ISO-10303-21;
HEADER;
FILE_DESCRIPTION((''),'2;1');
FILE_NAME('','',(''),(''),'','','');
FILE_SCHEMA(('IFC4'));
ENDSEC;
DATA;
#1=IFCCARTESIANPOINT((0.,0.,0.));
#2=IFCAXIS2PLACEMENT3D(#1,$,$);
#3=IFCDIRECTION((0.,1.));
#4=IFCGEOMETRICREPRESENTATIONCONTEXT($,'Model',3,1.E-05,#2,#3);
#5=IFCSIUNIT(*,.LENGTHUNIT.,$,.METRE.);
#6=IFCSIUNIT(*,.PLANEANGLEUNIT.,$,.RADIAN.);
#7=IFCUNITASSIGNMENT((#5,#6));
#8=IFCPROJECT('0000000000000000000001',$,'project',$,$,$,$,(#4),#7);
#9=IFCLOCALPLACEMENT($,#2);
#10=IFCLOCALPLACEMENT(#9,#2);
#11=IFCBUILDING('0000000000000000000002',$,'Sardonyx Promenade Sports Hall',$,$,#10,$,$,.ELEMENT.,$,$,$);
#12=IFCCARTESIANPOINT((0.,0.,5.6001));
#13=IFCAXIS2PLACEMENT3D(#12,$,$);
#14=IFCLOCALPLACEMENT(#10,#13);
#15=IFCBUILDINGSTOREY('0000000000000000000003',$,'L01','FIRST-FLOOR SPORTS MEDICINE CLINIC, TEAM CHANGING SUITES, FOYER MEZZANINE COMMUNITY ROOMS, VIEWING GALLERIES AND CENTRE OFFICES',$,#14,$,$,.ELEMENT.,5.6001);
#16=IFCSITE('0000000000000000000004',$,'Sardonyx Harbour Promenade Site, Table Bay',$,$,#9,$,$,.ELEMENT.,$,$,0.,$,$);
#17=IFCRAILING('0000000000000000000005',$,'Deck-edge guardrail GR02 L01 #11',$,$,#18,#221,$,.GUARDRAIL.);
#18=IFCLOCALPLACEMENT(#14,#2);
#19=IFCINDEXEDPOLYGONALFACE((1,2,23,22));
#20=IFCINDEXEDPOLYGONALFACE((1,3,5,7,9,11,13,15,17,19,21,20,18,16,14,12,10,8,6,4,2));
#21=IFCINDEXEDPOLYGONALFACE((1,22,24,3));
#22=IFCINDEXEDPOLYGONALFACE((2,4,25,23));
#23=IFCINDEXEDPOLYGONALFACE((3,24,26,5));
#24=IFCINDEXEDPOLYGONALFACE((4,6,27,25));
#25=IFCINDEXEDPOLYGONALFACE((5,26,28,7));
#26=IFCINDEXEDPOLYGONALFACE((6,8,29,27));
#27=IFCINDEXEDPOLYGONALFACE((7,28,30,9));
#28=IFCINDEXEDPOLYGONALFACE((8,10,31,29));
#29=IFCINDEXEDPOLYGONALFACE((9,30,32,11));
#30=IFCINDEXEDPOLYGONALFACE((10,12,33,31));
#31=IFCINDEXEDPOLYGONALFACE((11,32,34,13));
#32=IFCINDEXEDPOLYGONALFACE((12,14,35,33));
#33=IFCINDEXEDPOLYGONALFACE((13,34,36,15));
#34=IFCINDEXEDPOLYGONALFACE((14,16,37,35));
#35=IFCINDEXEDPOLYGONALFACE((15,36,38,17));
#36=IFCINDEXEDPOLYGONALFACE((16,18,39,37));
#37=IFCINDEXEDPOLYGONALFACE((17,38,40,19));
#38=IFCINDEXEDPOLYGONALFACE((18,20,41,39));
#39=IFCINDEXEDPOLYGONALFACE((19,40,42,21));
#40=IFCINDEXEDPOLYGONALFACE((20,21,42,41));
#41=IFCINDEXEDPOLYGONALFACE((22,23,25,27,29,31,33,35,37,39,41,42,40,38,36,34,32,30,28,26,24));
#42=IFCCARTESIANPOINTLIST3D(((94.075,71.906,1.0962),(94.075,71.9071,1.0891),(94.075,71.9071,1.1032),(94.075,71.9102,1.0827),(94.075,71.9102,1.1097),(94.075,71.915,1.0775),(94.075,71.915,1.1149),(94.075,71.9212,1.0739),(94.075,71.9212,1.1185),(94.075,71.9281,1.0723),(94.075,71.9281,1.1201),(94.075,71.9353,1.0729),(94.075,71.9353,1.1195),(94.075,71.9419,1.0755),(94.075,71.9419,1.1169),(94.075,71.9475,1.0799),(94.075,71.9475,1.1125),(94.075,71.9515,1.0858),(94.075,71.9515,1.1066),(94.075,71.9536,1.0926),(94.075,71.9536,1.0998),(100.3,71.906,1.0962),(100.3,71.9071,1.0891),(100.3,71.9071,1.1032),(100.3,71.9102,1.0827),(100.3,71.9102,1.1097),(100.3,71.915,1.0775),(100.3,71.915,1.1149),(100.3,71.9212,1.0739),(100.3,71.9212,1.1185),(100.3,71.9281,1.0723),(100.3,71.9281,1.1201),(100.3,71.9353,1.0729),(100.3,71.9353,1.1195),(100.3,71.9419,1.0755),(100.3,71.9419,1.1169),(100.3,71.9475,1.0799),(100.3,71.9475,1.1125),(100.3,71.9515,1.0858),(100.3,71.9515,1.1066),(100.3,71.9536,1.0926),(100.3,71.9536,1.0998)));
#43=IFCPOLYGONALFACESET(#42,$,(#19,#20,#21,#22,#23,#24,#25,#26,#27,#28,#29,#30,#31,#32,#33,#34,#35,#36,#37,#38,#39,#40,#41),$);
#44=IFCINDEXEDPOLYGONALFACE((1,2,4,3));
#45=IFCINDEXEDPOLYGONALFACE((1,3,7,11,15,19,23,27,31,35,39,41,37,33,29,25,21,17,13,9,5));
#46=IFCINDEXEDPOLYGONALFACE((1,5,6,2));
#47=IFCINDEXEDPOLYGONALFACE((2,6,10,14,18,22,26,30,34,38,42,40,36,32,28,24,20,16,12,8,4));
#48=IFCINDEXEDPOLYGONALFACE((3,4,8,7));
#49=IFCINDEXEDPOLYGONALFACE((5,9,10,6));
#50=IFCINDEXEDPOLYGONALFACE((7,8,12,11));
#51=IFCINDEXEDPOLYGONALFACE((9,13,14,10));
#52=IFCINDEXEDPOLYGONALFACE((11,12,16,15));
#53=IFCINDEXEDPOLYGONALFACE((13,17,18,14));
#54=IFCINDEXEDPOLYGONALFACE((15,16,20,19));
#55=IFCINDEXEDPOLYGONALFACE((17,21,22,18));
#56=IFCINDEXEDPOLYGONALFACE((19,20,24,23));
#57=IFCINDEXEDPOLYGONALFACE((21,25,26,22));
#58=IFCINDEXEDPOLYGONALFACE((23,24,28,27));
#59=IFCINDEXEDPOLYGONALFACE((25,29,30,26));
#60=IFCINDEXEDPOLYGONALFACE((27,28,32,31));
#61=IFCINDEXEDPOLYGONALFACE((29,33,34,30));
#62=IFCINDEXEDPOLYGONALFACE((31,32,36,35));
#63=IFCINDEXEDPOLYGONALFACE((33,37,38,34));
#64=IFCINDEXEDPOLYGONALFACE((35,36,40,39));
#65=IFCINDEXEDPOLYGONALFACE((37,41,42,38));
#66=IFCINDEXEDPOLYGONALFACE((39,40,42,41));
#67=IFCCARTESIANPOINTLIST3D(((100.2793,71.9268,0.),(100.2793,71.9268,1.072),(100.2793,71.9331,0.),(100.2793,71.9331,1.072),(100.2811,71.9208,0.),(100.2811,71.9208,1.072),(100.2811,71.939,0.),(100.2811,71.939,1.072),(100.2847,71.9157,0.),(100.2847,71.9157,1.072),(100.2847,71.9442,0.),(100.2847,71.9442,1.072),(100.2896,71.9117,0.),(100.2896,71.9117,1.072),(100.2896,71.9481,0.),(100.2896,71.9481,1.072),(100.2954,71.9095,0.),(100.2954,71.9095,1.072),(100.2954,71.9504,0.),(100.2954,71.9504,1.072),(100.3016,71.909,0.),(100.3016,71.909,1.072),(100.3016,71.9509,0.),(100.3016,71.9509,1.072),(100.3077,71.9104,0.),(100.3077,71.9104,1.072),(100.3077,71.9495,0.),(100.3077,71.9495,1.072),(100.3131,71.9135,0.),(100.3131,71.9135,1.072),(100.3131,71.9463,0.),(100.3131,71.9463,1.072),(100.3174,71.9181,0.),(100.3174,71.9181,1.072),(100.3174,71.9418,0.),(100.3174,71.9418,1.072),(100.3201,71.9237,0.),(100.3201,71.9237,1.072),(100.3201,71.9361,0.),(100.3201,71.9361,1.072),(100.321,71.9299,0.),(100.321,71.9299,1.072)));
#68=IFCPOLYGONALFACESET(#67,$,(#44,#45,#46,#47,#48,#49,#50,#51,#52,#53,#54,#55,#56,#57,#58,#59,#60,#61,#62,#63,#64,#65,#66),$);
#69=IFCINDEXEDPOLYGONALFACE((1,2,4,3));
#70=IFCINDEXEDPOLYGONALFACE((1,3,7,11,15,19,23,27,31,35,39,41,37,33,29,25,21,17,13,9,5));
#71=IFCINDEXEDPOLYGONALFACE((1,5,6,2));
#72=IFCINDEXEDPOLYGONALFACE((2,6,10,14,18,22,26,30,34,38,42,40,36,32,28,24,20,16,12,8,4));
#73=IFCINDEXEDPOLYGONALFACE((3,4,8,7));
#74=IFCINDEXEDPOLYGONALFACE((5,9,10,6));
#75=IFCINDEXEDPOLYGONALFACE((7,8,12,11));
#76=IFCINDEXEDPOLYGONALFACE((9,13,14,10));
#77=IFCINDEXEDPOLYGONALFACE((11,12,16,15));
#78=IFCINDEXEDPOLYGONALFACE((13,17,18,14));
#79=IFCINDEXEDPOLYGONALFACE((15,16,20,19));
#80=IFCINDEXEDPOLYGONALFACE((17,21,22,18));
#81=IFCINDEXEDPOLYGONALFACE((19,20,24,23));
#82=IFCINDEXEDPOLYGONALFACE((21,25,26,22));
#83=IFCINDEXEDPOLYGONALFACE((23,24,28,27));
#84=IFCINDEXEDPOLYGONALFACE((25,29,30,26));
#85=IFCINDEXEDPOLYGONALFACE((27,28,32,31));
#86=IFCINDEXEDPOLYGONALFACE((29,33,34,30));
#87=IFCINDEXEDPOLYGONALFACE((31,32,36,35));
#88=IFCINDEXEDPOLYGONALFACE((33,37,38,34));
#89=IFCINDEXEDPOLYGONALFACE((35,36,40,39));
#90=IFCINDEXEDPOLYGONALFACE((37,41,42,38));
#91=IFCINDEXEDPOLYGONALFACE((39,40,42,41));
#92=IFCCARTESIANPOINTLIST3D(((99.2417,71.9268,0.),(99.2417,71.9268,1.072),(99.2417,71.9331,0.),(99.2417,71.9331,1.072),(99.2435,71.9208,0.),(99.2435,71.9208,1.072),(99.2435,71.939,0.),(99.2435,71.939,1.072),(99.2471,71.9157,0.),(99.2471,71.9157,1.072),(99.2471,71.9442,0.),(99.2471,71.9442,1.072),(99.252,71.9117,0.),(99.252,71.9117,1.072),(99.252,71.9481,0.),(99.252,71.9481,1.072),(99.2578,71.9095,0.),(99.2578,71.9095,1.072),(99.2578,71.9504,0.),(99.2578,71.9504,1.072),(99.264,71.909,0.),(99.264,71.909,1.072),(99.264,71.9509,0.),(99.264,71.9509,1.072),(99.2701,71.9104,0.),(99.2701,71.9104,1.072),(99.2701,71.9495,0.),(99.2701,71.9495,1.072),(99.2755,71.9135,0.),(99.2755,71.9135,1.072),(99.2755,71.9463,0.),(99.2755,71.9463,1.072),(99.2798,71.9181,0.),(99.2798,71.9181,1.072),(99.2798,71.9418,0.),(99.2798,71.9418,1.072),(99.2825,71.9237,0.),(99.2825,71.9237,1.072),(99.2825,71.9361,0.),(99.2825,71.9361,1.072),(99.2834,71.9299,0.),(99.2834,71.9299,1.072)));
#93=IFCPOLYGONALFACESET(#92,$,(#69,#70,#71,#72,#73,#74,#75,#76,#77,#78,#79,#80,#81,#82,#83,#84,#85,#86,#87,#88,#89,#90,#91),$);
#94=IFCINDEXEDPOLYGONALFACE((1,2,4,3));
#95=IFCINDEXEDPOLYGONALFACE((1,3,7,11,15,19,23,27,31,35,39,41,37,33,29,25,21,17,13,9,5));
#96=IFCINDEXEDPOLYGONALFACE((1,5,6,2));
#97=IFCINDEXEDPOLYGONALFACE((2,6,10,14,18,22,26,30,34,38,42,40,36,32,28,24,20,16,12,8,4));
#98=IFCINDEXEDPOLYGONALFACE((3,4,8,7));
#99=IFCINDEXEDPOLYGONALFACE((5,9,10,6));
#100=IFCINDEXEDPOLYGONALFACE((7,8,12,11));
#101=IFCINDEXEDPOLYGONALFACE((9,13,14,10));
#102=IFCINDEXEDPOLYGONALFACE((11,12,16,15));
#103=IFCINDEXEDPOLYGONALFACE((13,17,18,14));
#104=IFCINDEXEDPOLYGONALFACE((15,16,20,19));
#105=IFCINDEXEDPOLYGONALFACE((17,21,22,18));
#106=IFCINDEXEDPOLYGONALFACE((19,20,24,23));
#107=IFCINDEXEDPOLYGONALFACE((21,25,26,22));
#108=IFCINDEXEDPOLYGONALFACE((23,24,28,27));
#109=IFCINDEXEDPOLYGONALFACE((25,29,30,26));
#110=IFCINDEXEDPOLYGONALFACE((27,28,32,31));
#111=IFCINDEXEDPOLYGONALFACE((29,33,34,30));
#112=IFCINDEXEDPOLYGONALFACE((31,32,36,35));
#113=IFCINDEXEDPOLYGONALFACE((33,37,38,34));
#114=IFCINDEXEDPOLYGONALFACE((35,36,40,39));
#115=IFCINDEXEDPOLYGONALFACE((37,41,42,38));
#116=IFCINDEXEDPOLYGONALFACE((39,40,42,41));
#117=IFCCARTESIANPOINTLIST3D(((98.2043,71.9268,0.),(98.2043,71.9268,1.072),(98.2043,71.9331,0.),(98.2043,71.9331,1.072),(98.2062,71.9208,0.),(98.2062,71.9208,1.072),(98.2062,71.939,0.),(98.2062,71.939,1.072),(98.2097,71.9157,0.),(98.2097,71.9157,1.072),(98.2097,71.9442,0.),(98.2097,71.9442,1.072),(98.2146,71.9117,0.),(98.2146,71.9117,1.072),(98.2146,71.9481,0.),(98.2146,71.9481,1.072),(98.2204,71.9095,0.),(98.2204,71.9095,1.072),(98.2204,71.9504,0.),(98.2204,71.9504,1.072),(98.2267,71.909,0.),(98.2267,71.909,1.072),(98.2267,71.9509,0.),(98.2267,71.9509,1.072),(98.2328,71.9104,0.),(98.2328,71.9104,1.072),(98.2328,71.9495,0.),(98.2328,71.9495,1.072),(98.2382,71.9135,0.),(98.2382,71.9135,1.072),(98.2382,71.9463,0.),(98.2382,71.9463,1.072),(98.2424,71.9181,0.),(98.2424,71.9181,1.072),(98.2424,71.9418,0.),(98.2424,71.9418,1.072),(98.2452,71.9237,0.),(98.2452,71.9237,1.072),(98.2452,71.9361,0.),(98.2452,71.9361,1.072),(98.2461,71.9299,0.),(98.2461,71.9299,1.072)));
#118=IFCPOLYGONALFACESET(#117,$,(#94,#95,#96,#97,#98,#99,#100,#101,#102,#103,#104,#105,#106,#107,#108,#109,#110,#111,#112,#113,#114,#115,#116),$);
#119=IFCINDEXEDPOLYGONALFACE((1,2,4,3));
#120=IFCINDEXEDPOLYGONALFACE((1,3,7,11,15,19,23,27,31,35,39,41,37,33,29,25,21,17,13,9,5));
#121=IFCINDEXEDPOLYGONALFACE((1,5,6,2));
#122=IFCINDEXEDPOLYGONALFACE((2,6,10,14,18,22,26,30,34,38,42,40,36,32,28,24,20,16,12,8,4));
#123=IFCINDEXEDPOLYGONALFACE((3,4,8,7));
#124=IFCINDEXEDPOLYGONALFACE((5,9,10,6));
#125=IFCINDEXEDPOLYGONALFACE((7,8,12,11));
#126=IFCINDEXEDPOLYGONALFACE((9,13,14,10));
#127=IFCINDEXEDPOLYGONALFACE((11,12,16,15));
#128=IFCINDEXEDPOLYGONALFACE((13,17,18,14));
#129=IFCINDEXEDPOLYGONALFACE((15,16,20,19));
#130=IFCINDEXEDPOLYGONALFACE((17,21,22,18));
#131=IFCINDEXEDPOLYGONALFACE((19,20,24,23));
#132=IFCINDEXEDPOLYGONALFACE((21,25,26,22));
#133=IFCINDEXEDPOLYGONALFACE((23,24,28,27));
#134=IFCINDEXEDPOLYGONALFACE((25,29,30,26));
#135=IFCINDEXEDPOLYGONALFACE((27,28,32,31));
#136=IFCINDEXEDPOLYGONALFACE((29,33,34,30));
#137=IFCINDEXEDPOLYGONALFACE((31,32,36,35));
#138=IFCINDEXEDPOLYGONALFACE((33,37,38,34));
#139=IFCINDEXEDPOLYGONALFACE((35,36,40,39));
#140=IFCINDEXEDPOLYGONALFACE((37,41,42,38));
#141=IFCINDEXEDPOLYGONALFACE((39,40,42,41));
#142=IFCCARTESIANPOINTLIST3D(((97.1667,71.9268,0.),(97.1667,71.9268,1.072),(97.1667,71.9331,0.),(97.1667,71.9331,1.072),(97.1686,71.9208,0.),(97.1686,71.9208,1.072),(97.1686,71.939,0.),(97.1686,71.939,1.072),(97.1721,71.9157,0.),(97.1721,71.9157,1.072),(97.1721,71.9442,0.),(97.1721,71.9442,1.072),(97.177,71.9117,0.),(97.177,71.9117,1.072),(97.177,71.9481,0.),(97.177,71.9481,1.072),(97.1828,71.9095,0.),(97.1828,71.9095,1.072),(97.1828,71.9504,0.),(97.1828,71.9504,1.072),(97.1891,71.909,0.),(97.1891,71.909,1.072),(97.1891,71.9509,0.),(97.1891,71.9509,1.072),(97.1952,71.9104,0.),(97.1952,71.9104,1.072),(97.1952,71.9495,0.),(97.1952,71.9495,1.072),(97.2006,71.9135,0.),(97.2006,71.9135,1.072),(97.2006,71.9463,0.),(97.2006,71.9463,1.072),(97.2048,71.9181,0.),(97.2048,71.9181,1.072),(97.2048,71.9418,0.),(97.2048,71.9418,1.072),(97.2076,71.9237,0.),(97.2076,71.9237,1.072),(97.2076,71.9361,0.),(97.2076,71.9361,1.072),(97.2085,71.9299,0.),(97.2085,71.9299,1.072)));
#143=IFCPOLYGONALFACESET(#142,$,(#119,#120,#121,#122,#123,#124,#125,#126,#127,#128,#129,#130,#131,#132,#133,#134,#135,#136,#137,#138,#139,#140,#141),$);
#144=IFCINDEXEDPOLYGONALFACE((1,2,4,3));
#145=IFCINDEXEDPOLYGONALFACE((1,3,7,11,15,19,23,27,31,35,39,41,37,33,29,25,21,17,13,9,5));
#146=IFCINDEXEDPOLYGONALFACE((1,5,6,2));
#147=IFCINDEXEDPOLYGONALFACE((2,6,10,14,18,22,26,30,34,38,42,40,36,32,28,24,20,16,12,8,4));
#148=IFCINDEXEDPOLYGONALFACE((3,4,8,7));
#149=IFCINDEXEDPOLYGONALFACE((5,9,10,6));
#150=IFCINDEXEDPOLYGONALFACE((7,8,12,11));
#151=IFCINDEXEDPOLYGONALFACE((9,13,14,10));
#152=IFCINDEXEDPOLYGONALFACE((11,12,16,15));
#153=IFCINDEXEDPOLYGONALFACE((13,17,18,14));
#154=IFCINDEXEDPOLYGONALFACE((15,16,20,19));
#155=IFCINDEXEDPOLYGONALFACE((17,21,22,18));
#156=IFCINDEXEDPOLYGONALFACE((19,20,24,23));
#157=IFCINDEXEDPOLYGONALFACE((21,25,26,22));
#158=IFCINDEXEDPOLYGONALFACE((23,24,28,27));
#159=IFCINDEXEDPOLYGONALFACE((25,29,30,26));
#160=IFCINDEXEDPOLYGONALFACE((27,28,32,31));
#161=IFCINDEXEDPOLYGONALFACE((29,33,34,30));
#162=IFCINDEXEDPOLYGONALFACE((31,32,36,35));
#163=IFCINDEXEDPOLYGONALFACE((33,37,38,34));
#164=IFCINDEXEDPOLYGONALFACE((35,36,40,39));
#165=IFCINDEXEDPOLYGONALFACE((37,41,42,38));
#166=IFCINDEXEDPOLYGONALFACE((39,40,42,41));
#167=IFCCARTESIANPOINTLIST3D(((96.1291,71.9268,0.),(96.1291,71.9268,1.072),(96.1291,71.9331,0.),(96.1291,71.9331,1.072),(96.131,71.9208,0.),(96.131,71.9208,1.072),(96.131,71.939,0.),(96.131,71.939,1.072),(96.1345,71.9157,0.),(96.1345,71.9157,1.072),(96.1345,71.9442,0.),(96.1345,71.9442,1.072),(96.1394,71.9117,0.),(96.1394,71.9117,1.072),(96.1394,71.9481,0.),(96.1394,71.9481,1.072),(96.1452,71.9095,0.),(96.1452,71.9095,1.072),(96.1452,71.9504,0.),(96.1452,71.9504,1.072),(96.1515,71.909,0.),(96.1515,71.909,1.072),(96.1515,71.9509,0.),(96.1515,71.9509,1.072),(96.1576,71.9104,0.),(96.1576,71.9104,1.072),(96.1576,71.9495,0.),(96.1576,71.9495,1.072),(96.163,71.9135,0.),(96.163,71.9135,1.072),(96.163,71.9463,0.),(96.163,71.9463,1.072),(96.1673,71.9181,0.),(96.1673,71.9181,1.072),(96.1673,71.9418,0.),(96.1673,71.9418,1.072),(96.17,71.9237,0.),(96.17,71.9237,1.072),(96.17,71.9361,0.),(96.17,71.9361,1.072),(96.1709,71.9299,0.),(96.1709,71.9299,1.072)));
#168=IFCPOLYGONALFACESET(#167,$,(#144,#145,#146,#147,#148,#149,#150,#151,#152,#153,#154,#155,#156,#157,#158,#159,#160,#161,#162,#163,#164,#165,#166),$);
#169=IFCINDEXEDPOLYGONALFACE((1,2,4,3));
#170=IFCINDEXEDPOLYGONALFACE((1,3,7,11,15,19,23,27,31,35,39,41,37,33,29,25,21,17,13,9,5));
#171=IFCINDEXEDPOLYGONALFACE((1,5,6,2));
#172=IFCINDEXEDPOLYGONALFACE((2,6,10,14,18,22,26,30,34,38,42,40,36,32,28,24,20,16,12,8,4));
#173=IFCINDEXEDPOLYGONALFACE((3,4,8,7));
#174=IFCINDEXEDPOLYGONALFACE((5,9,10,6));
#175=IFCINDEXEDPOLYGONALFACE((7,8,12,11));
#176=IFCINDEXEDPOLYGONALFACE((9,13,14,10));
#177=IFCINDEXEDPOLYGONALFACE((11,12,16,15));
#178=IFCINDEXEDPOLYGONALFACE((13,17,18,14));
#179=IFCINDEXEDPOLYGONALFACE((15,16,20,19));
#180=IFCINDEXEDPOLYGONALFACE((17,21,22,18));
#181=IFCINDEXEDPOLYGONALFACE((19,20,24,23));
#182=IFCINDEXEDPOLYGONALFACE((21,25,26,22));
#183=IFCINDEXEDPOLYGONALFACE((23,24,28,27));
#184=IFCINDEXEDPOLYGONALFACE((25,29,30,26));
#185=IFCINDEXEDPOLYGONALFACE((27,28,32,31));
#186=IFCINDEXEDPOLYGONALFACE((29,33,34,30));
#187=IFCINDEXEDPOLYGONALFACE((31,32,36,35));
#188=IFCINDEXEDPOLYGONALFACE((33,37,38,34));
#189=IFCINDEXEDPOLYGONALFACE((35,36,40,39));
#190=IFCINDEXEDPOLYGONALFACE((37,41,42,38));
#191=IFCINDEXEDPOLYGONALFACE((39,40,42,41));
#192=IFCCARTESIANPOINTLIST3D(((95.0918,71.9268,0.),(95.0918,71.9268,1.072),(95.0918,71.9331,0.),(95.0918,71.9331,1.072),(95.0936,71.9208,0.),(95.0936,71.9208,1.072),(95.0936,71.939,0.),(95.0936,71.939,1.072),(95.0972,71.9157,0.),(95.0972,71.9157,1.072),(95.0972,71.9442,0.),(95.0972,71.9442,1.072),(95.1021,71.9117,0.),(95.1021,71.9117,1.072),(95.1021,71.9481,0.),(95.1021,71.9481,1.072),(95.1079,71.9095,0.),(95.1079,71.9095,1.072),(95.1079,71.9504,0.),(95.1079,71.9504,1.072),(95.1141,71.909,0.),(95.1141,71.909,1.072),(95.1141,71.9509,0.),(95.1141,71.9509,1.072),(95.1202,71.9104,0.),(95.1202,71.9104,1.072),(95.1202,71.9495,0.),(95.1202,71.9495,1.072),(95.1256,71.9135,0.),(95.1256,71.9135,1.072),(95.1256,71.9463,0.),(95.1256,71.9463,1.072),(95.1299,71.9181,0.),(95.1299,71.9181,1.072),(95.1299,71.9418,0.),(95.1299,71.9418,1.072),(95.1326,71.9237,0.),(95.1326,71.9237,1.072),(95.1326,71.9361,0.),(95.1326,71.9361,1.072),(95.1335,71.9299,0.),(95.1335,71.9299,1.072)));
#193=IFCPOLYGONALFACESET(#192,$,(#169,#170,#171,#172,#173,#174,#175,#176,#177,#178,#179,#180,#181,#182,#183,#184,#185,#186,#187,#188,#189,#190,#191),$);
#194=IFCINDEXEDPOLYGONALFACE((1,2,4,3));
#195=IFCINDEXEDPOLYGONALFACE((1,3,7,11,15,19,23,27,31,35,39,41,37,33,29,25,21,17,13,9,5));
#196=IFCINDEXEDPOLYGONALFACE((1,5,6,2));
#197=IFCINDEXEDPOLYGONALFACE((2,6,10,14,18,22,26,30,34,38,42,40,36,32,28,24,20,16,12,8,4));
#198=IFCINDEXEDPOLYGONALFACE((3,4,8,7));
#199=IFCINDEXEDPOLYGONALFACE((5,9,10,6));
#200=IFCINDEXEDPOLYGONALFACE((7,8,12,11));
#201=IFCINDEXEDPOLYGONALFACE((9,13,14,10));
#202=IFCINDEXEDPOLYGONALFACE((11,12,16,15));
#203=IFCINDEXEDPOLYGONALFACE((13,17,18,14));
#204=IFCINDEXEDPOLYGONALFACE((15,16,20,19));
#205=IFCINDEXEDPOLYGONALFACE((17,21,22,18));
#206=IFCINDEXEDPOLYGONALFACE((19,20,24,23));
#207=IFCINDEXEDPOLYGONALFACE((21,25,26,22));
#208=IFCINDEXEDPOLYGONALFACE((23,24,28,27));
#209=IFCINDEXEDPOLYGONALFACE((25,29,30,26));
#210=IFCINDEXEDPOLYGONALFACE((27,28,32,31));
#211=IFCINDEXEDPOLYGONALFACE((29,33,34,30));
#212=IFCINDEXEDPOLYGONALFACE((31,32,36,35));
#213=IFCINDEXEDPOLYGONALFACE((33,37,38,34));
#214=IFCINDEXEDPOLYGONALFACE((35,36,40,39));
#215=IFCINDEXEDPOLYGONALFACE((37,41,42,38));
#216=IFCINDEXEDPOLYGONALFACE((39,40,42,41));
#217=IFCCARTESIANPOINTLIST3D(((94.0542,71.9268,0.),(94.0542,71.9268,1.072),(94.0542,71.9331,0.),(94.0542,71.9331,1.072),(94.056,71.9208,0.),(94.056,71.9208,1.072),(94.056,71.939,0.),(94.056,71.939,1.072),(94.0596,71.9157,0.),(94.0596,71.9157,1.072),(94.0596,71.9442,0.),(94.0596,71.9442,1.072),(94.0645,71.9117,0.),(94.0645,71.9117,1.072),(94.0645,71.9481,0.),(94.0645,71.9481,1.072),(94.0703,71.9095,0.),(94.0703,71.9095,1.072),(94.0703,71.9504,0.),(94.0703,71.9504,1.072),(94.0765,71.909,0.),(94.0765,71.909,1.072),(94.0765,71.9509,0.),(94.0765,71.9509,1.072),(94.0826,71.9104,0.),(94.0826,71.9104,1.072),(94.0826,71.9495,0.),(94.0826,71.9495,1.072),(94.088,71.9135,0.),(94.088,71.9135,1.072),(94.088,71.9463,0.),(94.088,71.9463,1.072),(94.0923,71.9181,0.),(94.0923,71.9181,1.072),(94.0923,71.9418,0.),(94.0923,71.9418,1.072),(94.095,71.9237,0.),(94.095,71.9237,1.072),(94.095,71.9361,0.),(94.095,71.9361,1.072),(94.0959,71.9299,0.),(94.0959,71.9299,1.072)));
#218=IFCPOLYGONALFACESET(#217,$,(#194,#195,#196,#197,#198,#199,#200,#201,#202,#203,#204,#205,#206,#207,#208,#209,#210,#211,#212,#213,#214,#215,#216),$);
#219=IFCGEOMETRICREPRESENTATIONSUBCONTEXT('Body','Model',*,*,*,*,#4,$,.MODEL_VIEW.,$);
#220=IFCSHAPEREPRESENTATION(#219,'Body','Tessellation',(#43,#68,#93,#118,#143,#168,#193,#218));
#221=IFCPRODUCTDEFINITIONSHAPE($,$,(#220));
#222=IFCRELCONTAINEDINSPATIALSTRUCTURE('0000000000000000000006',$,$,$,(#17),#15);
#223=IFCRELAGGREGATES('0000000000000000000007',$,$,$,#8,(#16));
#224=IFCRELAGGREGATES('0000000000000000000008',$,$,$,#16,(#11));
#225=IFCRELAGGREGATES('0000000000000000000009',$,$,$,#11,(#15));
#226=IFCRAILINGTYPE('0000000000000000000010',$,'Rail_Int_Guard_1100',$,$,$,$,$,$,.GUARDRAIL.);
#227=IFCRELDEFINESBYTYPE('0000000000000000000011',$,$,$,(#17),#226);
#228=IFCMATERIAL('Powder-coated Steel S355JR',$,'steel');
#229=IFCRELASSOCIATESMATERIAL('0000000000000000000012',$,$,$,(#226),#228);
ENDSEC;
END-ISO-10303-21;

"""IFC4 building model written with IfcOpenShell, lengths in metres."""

from ifc_helpers import new_model, si_unit, direction, frame, origin, origin_2d, place, context, subcontext, project, spatial, circle, extrude, material, type_object, element, save


model = new_model("IFC4")

# Units and contexts
model_context = context("Model", 3, precision=1e-05, world=origin(), true_north=direction((0.0, 1.0)))
body_context = subcontext(model_context, "Body", "Model", "MODEL_VIEW")
ifc_project = project(units=[si_unit("LENGTHUNIT", "METRE"), si_unit("PLANEANGLEUNIT", "RADIAN")], contexts=[model_context])

# Site, building, storey
site_placement = place(None, origin())
site = spatial("IfcSite", under=ifc_project, at=site_placement, Name="Sardonyx Harbour Promenade Site, Table Bay", CompositionType="ELEMENT", RefElevation=0.0)
building_placement = place(site_placement, origin())
building = spatial("IfcBuilding", under=site, at=building_placement, Name="Sardonyx Promenade Sports Hall", CompositionType="ELEMENT")
storey_placement = place(building_placement, frame((0.0, 0.0, 5.6001)))
storey = spatial("IfcBuildingStorey", under=building, at=storey_placement, Name="L01", Description="FIRST-FLOOR SPORTS MEDICINE CLINIC, TEAM CHANGING SUITES, FOYER MEZZANINE COMMUNITY ROOMS, VIEWING GALLERIES AND CENTRE OFFICES", CompositionType="ELEMENT", Elevation=5.6001)

# Railing
ifc_material_1 = material(Name="Powder-coated Steel S355JR", Category="steel")
railing_type = type_object("IfcRailingType", Name="Rail_Int_Guard_1100", PredefinedType="GUARDRAIL", material=ifc_material_1)
railing_placement = place(storey_placement, frame((100.3, 71.9299, 0.0)))
element("IfcRailing", 1, at=railing_placement, inside=storey, type_object=railing_type, Name="Deck-edge guardrail GR02 L01 #11", PredefinedType="GUARDRAIL", context=body_context, shape_type="SweptSolid", body=[
    extrude(circle(Radius=0.0239, at=origin_2d()), frame((0.0, 0.0, 1.0962), z_axis=(-1.0, 0.0, 0.0), x_axis=(0.0, -1.0, 0.0)), (0.0, 0.0, 1.0), 6.2251),
    extrude(circle(Radius=0.021, at=origin_2d()), origin(), (0.0, 0.0, 1.0), 1.072),
    extrude(circle(Radius=0.021, at=origin_2d()), frame((-1.0376, 0.0, 0.0)), (0.0, 0.0, 1.0), 1.072),
    extrude(circle(Radius=0.021, at=origin_2d()), frame((-2.075, 0.0, 0.0)), (0.0, 0.0, 1.0), 1.072),
    extrude(circle(Radius=0.021, at=origin_2d()), frame((-3.1125, 0.0, 0.0)), (0.0, 0.0, 1.0), 1.072),
    extrude(circle(Radius=0.021, at=origin_2d()), frame((-4.1501, 0.0, 0.0)), (0.0, 0.0, 1.0), 1.072),
    extrude(circle(Radius=0.021, at=origin_2d()), frame((-5.1875, 0.0, 0.0)), (0.0, 0.0, 1.0), 1.072),
    extrude(circle(Radius=0.021, at=origin_2d()), frame((-6.2251, 0.0, 0.0)), (0.0, 0.0, 1.0), 1.072),
])

save(model, "model.ifc")
